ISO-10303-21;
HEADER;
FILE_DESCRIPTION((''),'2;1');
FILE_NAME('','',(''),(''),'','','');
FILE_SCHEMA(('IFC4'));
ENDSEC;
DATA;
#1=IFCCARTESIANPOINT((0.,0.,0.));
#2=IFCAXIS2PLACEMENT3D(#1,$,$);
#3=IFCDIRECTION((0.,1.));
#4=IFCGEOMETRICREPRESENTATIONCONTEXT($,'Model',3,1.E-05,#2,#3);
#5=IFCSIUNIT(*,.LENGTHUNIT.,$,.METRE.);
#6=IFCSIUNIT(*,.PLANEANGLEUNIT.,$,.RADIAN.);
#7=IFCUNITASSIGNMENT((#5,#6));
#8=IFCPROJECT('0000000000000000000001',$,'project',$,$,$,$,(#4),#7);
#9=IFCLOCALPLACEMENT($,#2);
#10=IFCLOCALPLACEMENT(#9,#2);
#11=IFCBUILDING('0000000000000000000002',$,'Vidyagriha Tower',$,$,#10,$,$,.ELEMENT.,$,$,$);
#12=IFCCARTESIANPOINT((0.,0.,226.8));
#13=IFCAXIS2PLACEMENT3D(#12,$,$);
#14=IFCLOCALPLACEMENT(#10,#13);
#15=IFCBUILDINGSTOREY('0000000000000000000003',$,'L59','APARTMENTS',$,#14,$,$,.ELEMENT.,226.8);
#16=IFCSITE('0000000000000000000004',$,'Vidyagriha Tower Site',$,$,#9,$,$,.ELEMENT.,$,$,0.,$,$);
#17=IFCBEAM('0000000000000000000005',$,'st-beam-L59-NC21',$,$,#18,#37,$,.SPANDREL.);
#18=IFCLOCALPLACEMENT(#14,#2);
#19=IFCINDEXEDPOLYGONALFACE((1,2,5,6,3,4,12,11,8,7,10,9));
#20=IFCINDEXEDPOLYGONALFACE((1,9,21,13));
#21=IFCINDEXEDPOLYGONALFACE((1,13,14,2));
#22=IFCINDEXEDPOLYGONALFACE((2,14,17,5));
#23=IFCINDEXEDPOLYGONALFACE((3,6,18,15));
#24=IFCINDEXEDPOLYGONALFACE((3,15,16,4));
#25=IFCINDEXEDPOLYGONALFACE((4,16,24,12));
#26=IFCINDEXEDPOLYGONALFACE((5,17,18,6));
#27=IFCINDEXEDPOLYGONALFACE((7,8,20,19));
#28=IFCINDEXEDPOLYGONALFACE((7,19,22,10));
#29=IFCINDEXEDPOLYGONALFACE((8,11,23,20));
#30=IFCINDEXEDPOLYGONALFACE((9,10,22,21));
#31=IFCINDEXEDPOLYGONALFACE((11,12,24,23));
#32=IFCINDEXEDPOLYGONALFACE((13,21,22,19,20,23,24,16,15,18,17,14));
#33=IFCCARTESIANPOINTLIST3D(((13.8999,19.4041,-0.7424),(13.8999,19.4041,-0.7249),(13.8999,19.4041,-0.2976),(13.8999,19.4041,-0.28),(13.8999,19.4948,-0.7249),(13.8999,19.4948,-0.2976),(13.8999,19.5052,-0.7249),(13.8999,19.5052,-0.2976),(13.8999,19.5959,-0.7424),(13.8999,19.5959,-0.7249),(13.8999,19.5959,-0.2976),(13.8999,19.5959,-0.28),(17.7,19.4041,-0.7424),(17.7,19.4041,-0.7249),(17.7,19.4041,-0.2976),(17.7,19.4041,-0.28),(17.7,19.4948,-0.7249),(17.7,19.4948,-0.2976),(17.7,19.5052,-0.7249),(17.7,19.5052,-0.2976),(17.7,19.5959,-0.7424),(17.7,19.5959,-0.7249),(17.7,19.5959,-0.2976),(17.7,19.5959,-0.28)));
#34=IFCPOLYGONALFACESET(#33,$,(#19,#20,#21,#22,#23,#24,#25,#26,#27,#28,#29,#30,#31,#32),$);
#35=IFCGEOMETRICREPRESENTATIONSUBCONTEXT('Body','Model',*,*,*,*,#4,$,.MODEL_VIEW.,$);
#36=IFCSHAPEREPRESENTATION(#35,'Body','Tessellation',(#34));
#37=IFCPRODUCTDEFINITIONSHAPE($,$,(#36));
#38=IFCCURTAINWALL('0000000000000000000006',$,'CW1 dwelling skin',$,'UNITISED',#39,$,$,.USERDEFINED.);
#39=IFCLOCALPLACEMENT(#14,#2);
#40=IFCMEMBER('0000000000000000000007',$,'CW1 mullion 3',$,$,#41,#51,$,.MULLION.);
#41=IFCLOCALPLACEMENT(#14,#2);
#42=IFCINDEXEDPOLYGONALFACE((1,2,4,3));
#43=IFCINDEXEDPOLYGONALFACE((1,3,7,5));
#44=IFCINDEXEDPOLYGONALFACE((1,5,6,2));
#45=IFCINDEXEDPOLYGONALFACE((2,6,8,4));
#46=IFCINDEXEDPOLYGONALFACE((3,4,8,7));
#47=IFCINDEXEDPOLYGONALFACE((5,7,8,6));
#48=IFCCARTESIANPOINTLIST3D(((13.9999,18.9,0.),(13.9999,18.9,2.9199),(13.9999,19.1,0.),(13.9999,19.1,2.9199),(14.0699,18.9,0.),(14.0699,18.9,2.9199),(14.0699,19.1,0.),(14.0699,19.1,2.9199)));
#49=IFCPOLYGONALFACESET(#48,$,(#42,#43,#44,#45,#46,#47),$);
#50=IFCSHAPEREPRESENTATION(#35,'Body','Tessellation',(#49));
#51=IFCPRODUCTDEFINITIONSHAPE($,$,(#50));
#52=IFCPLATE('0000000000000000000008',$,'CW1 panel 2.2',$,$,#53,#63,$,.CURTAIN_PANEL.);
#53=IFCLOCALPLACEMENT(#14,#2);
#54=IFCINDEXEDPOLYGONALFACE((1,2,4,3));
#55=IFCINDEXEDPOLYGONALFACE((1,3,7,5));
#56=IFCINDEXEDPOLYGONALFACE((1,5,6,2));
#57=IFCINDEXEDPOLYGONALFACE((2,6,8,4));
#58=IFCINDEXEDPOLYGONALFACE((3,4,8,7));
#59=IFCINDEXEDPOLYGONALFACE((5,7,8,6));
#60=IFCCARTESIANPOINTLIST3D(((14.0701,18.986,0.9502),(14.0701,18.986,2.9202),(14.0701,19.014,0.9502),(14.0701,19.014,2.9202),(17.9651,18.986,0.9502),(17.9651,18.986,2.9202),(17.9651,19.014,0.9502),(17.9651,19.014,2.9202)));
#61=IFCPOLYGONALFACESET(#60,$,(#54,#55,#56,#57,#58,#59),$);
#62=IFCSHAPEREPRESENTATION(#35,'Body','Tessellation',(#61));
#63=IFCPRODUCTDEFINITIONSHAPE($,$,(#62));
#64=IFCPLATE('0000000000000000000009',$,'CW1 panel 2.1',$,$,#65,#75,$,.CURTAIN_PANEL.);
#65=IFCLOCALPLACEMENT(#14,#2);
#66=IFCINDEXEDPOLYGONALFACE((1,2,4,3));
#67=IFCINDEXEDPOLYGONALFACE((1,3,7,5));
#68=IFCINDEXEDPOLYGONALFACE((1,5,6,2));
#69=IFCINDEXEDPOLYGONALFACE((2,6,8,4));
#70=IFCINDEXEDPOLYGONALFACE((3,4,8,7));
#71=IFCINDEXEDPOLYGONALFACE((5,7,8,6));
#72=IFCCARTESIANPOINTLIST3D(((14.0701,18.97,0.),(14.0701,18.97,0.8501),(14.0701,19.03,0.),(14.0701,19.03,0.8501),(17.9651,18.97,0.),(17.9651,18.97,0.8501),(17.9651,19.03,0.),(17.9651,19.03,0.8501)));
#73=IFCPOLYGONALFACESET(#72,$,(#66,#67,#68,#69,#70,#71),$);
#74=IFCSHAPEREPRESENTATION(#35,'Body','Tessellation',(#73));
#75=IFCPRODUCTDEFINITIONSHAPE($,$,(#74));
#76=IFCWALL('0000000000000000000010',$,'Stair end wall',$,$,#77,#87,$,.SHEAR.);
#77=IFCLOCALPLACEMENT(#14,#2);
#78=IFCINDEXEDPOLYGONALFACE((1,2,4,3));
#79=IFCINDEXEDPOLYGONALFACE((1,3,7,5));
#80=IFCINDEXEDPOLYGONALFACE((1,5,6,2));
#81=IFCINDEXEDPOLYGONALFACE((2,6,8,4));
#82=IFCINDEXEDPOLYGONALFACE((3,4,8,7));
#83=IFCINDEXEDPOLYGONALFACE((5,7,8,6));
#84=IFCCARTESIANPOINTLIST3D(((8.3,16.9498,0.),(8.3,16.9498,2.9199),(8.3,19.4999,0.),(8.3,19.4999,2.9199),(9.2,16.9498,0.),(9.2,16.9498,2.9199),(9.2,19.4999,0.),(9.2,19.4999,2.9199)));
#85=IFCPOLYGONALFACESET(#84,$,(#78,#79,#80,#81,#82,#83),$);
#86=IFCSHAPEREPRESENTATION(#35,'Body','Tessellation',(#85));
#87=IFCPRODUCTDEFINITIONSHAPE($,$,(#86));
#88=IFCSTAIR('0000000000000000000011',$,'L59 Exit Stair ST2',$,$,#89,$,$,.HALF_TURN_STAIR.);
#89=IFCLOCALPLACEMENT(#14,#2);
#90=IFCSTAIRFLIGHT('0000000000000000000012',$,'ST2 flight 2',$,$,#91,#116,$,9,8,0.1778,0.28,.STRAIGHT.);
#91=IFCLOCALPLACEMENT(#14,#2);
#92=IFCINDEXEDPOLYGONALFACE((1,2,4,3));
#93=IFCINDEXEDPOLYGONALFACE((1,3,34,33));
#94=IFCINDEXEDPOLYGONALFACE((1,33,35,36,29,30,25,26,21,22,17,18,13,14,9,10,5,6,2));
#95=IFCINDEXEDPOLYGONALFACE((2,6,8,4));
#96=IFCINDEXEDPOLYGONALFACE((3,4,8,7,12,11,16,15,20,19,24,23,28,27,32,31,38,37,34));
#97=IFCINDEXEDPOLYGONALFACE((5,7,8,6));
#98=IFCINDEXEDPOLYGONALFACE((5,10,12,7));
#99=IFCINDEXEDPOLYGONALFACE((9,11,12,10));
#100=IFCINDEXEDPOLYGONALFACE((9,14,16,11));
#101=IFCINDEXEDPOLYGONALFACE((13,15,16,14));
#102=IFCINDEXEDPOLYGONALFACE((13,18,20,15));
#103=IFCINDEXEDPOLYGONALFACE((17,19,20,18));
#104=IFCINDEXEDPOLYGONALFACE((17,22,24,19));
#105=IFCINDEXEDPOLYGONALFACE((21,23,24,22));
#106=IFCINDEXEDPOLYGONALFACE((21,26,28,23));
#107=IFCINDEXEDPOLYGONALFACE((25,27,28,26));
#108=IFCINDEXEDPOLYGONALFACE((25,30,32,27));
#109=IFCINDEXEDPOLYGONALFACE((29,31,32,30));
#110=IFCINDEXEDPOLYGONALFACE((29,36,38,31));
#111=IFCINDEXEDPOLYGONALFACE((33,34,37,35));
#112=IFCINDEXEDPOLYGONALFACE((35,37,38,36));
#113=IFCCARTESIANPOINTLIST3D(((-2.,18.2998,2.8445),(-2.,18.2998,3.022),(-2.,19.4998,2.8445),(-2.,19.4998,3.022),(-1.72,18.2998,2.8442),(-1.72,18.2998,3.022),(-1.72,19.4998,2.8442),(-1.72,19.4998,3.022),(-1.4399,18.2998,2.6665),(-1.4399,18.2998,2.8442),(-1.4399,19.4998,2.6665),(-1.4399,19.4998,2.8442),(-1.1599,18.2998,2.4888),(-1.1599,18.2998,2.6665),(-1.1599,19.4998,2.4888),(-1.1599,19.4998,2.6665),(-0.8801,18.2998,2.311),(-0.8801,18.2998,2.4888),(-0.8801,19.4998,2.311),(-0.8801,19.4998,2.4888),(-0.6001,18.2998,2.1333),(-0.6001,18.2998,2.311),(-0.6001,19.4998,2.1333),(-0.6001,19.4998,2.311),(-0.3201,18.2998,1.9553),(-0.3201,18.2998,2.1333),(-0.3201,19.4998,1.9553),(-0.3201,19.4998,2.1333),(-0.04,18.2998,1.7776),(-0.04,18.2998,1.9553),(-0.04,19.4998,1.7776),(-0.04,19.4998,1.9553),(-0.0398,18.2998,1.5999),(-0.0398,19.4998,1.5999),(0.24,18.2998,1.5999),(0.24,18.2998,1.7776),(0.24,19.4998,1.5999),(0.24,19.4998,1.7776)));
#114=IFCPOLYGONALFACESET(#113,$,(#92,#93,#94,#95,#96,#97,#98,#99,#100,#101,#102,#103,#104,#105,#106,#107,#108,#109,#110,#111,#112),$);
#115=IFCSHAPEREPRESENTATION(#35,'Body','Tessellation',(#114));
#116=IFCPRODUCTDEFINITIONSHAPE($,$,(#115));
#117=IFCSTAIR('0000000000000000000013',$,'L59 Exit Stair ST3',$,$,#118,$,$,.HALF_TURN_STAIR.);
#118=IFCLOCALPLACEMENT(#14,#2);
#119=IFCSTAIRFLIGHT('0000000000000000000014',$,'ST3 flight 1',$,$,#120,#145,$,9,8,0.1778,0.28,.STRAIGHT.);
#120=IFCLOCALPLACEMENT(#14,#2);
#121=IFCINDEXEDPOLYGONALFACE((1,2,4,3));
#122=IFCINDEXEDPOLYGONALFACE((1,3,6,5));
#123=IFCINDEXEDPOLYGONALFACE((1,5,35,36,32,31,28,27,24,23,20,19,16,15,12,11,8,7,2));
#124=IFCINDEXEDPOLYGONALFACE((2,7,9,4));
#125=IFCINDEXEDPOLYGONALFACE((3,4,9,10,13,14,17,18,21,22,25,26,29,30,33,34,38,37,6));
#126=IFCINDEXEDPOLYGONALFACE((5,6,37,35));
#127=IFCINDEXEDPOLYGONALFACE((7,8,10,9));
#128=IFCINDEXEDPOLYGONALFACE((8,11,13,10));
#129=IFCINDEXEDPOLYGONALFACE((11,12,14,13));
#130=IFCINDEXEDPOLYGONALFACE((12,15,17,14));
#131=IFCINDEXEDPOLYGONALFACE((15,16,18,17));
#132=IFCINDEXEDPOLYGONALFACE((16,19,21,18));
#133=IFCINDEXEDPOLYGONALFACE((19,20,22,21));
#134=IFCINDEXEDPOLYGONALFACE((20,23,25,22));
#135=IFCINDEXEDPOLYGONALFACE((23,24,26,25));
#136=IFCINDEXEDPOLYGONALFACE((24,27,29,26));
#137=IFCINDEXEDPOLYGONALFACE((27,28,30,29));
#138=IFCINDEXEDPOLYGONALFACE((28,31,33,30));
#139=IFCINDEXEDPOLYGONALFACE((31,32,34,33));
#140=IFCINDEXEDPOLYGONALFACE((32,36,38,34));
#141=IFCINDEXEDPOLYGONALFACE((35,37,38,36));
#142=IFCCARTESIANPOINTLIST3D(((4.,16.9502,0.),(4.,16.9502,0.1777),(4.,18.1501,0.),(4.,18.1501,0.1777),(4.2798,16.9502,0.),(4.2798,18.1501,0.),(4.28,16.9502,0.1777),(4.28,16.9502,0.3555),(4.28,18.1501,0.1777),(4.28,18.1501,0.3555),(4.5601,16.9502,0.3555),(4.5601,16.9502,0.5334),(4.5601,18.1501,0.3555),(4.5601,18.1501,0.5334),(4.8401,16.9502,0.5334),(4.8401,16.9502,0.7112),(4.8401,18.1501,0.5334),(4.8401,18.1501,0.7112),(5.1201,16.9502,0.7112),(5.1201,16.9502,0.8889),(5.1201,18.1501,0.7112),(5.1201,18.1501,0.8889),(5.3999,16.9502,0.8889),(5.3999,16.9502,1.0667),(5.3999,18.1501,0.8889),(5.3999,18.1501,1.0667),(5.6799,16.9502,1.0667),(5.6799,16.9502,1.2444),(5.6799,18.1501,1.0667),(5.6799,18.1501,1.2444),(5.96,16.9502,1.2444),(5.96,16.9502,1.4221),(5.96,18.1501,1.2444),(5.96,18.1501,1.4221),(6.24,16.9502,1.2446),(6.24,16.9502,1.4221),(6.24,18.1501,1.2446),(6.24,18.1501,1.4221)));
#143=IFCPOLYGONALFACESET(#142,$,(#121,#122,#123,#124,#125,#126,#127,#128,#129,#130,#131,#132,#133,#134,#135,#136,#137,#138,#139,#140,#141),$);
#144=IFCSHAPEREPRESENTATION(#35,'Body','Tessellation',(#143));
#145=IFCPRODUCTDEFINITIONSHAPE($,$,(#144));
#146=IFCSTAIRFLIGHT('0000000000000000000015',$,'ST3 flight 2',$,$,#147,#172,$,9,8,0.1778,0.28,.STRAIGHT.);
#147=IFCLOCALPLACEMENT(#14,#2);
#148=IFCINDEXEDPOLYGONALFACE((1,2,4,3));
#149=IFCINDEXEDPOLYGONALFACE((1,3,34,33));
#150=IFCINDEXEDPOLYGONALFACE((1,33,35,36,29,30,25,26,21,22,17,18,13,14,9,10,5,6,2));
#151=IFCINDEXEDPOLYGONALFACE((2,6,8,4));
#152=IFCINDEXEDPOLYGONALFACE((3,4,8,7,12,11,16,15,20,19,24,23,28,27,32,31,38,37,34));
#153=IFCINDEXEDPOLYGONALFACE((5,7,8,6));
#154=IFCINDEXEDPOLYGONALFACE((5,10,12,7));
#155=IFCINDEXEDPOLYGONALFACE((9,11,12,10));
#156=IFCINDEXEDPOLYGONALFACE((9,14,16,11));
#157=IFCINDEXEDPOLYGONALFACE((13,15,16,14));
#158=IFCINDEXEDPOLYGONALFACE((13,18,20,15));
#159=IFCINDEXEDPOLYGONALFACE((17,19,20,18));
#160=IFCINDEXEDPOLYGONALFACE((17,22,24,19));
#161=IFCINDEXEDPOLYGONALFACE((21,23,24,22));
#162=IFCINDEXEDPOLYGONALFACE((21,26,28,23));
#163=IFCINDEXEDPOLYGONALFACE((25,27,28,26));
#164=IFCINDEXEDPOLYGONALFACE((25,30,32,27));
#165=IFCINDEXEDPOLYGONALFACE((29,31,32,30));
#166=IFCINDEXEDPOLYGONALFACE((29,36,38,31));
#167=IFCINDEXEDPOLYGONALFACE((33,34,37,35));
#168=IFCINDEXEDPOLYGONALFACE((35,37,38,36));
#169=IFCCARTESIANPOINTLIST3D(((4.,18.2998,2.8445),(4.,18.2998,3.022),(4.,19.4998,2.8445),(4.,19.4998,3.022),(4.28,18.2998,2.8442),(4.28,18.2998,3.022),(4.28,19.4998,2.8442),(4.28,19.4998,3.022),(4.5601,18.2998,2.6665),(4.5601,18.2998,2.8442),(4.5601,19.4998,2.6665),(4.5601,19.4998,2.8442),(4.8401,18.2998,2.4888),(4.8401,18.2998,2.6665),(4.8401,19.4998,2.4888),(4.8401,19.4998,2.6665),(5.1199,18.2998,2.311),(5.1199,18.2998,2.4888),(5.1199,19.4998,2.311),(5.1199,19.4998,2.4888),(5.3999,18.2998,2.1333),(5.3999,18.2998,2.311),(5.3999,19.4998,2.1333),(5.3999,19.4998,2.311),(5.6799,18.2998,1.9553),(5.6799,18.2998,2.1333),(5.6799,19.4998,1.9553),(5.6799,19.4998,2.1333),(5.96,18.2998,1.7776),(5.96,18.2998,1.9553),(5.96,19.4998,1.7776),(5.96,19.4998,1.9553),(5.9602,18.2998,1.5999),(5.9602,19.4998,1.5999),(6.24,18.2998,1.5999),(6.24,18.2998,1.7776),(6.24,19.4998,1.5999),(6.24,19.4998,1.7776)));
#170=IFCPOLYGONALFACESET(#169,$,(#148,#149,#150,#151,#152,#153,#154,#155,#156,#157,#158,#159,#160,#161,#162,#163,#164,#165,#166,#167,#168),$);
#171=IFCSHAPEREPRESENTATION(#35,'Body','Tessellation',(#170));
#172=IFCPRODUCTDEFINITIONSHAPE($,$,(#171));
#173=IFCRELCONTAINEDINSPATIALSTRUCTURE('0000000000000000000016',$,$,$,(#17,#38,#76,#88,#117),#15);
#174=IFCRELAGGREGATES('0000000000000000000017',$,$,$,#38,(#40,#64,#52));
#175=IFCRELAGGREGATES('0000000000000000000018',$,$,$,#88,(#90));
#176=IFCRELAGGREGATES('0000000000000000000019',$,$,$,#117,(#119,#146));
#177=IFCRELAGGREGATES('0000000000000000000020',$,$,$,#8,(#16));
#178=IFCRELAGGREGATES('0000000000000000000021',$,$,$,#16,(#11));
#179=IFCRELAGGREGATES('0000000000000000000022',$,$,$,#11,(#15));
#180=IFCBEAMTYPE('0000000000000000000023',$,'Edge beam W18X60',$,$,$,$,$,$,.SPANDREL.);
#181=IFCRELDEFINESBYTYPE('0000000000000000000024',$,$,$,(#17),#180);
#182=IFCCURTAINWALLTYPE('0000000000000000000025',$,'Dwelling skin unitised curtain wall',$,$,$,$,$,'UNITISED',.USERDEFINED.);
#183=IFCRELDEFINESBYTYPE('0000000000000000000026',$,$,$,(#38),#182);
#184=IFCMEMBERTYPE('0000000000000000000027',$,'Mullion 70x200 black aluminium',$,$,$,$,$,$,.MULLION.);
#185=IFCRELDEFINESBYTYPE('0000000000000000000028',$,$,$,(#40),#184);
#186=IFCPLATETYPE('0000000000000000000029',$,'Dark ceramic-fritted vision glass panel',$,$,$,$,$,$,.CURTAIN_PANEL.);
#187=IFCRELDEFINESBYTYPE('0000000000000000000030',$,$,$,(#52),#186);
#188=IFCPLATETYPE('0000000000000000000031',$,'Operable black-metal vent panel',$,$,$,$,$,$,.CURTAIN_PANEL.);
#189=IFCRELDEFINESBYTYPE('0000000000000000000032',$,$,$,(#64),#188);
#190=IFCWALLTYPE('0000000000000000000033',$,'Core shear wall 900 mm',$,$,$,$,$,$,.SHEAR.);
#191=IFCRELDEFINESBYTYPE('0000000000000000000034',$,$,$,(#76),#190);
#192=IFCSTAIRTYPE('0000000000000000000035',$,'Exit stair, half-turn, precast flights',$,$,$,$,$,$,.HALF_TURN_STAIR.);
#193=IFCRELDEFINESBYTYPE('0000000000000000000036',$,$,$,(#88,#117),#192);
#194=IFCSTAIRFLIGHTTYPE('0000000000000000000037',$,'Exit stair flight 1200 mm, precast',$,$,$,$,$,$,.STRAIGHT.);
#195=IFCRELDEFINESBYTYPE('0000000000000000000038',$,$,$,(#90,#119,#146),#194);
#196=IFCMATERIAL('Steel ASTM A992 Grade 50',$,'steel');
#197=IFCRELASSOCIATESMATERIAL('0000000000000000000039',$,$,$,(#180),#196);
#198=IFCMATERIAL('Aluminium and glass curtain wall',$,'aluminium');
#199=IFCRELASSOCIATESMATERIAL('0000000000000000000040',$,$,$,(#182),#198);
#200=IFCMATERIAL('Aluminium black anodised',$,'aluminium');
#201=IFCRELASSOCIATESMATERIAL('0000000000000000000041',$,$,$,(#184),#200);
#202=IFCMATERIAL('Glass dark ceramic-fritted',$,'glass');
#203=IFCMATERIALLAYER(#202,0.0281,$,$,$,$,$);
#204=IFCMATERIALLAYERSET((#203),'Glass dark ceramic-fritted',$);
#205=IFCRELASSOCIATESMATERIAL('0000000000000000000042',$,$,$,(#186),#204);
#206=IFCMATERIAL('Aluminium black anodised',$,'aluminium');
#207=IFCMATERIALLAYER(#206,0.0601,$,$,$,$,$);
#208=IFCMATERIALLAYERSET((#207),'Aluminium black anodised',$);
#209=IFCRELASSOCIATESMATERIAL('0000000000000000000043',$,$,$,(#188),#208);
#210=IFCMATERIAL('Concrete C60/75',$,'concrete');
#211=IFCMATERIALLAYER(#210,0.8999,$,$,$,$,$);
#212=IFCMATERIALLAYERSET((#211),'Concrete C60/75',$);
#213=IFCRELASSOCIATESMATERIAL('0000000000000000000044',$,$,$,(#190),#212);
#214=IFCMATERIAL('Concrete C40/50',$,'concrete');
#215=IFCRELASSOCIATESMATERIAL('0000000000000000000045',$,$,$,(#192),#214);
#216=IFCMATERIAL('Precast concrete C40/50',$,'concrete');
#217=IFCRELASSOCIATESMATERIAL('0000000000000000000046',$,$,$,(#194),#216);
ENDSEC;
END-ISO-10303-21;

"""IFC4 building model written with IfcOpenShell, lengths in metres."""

from ifc_helpers import new_model, si_unit, direction, frame, frame_2d, origin, origin_2d, place, context, subcontext, project, spatial, polyline, rectangle, i_section, outline, extrude, material, layer, layer_set, material_profile, profile_set, type_object, element, aggregate, save


model = new_model("IFC4")

# Units and contexts
model_context = context("Model", 3, precision=1e-05, world=origin(), true_north=direction((0.0, 1.0)))
body_context = subcontext(model_context, "Body", "Model", "MODEL_VIEW")
ifc_project = project(units=[si_unit("LENGTHUNIT", "METRE"), si_unit("PLANEANGLEUNIT", "RADIAN")], contexts=[model_context])

# Site, building, storey
site_placement = place(None, origin())
site = spatial("IfcSite", under=ifc_project, at=site_placement, Name="Vidyagriha Tower Site", CompositionType="ELEMENT", RefElevation=0.0)
building_placement = place(site_placement, origin())
building = spatial("IfcBuilding", under=site, at=building_placement, Name="Vidyagriha Tower", CompositionType="ELEMENT")
storey_placement = place(building_placement, frame((0.0, 0.0, 226.8)))
storey = spatial("IfcBuildingStorey", under=building, at=storey_placement, Name="L59", Description="APARTMENTS", CompositionType="ELEMENT", Elevation=226.8)

# Beam
ifc_material_1 = material(Name="Steel ASTM A992 Grade 50", Category="steel")
ifc_material_profile_1 = material_profile(ifc_material_1, i_section(OverallWidth=0.1919, OverallDepth=0.4624, WebThickness=0.0105, FlangeThickness=0.0176, at=origin_2d()), Name="W18X60")
ifc_profile_set_1 = profile_set([ifc_material_profile_1], Name="Steel ASTM A992 Grade 50")
beam_type = type_object("IfcBeamType", Name="Edge beam W18X60", PredefinedType="SPANDREL", material=ifc_profile_set_1)
beam_placement = place(storey_placement, frame((13.8999, 19.5, -0.5112), z_axis=(1.0, 0.0, 0.0), x_axis=(0.0, 1.0, 0.0)))
element("IfcBeam", 1, at=beam_placement, inside=storey, type_object=beam_type, Name="st-beam-L59-NC21", PredefinedType="SPANDREL", context=body_context, shape_type="SweptSolid", body=[
    extrude(i_section(OverallWidth=0.1919, OverallDepth=0.4624, WebThickness=0.0105, FlangeThickness=0.0176, at=origin_2d()), origin(), (0.0, 0.0, 1.0), 3.8),
])

# Curtain wall, member, plates
ifc_material_2 = material(Name="Aluminium and glass curtain wall", Category="aluminium")
curtain_wall_type = type_object("IfcCurtainWallType", Name="Dwelling skin unitised curtain wall", ElementType="UNITISED", PredefinedType="USERDEFINED", material=ifc_material_2)
curtain_wall_placement = place(storey_placement, origin())
curtain_wall = element("IfcCurtainWall", 2, at=curtain_wall_placement, inside=storey, type_object=curtain_wall_type, Name="CW1 dwelling skin", ObjectType="UNITISED", PredefinedType="USERDEFINED")
ifc_material_3 = material(Name="Aluminium black anodised", Category="aluminium")
ifc_material_profile_2 = material_profile(ifc_material_3, rectangle(XDim=0.2, YDim=0.0701, at=origin_2d()), Name="Mullion 70x200 black aluminium")
ifc_profile_set_2 = profile_set([ifc_material_profile_2], Name="Aluminium black anodised")
member_type = type_object("IfcMemberType", Name="Mullion 70x200 black aluminium", PredefinedType="MULLION", material=ifc_profile_set_2)
member_placement = place(storey_placement, frame((14.0349, 19.0, 0.0), z_axis=(0.0, 0.0, 1.0), x_axis=(0.0, -1.0, 0.0)))
member = element("IfcMember", 3, at=member_placement, type_object=member_type, Name="CW1 mullion 3", PredefinedType="MULLION", context=body_context, shape_type="SweptSolid", body=[
    extrude(rectangle(XDim=0.2, YDim=0.0701, at=origin_2d()), origin(), (0.0, 0.0, 1.0), 2.9199),
])
ifc_material_4 = material(Name="Glass dark ceramic-fritted", Category="glass")
ifc_layer_1 = layer(ifc_material_4, 0.0281)
ifc_layer_set_1 = layer_set([ifc_layer_1], Name="Glass dark ceramic-fritted")
plate_type_1 = type_object("IfcPlateType", Name="Dark ceramic-fritted vision glass panel", PredefinedType="CURTAIN_PANEL", material=ifc_layer_set_1)
plate_1_placement = place(storey_placement, frame((16.0176, 19.0, 0.9502), z_axis=(0.0, 0.0, 1.0), x_axis=(-1.0, 0.0, 0.0)))
plate_1 = element("IfcPlate", 4, at=plate_1_placement, type_object=plate_type_1, Name="CW1 panel 2.2", PredefinedType="CURTAIN_PANEL", context=body_context, shape_type="SweptSolid", body=[
    extrude(rectangle(XDim=3.895, YDim=0.0281, at=origin_2d()), origin(), (0.0, 0.0, 1.0), 1.97),
])
ifc_material_5 = material(Name="Aluminium black anodised", Category="aluminium")
ifc_layer_2 = layer(ifc_material_5, 0.0601)
ifc_layer_set_2 = layer_set([ifc_layer_2], Name="Aluminium black anodised")
plate_type_2 = type_object("IfcPlateType", Name="Operable black-metal vent panel", PredefinedType="CURTAIN_PANEL", material=ifc_layer_set_2)
plate_2_placement = place(storey_placement, frame((16.0176, 19.0, 0.0), z_axis=(0.0, 0.0, 1.0), x_axis=(-1.0, 0.0, 0.0)))
plate_2 = element("IfcPlate", 5, at=plate_2_placement, type_object=plate_type_2, Name="CW1 panel 2.1", PredefinedType="CURTAIN_PANEL", context=body_context, shape_type="SweptSolid", body=[
    extrude(rectangle(XDim=3.895, YDim=0.0601, at=origin_2d()), origin(), (0.0, 0.0, 1.0), 0.8501),
])
aggregate(curtain_wall, [member, plate_2, plate_1])

# Wall
ifc_material_6 = material(Name="Concrete C60/75", Category="concrete")
ifc_layer_3 = layer(ifc_material_6, 0.8999)
ifc_layer_set_3 = layer_set([ifc_layer_3], Name="Concrete C60/75")
wall_type = type_object("IfcWallType", Name="Core shear wall 900 mm", PredefinedType="SHEAR", material=ifc_layer_set_3)
wall_placement = place(storey_placement, frame((8.75, 16.95, 0.0), z_axis=(0.0, 0.0, 1.0), x_axis=(0.0, 1.0, 0.0)))
element("IfcWall", 6, at=wall_placement, inside=storey, type_object=wall_type, Name="Stair end wall", PredefinedType="SHEAR", context=body_context, shape_type="SweptSolid", body=[
    extrude(rectangle(XDim=2.55, YDim=0.8999, at=frame_2d((1.2749, 0.0))), origin(), (0.0, 0.0, 1.0), 2.9199),
])

# Stair, stair flight
ifc_material_7 = material(Name="Concrete C40/50", Category="concrete")
stair_type = type_object("IfcStairType", Name="Exit stair, half-turn, precast flights", PredefinedType="HALF_TURN_STAIR", material=ifc_material_7)
stair_1_placement = place(storey_placement, origin())
stair_1 = element("IfcStair", 7, at=stair_1_placement, inside=storey, type_object=stair_type, Name="L59 Exit Stair ST2", PredefinedType="HALF_TURN_STAIR")
ifc_material_8 = material(Name="Precast concrete C40/50", Category="concrete")
stair_flight_type = type_object("IfcStairFlightType", Name="Exit stair flight 1200 mm, precast", PredefinedType="STRAIGHT", material=ifc_material_8)
stair_flight_1_placement = place(storey_placement, frame((0.24, 18.8999, 1.5999), z_axis=(0.0, 0.0, 1.0), x_axis=(-1.0, 0.0, 0.0)))
stair_flight_1 = element("IfcStairFlight", 8, at=stair_flight_1_placement, type_object=stair_flight_type, Name="ST2 flight 2", NumberOfRisers=9, NumberOfTreads=8, PredefinedType="STRAIGHT", RiserHeight=0.1778, TreadLength=0.28, context=body_context, shape_type="SweptSolid", body=[
    extrude(outline(polyline([(0.0, 0.0), (0.0, 0.1777), (0.28, 0.1777), (0.28, 0.3555), (0.5601, 0.3555), (0.5601, 0.5334), (0.8401, 0.5334), (0.8401, 0.7112), (1.1201, 0.7112), (1.1201, 0.8889), (1.3999, 0.8889), (1.3999, 1.0667), (1.6799, 1.0667), (1.6799, 1.2444), (1.96, 1.2444), (1.96, 1.4221), (2.24, 1.4221), (2.24, 1.6001), (2.24, 1.2446), (0.2798, 0.0), (0.0, 0.0)])), frame((0.0, 0.6001, 0.0), z_axis=(0.0, -1.0, 0.0), x_axis=(1.0, 0.0, 0.0)), (0.0, 0.0, 1.0), 1.2),
])
aggregate(stair_1, [stair_flight_1])

# Stair, stair flights
stair_2_placement = place(storey_placement, origin())
stair_2 = element("IfcStair", 9, at=stair_2_placement, inside=storey, type_object=stair_type, Name="L59 Exit Stair ST3", PredefinedType="HALF_TURN_STAIR")
stair_flight_2_placement = place(storey_placement, frame((4.0, 17.55, 0.0)))
stair_flight_2 = element("IfcStairFlight", 10, at=stair_flight_2_placement, type_object=stair_flight_type, Name="ST3 flight 1", NumberOfRisers=9, NumberOfTreads=8, PredefinedType="STRAIGHT", RiserHeight=0.1778, TreadLength=0.28, context=body_context, shape_type="SweptSolid", body=[
    extrude(outline(polyline([(0.0, 0.0), (0.0, 0.1777), (0.28, 0.1777), (0.28, 0.3555), (0.5601, 0.3555), (0.5601, 0.5334), (0.8401, 0.5334), (0.8401, 0.7112), (1.1201, 0.7112), (1.1201, 0.8889), (1.3999, 0.8889), (1.3999, 1.0667), (1.6799, 1.0667), (1.6799, 1.2444), (1.96, 1.2444), (1.96, 1.4221), (2.24, 1.4221), (2.24, 1.6001), (2.24, 1.2446), (0.2798, 0.0), (0.0, 0.0)])), frame((0.0, 0.6001, 0.0), z_axis=(0.0, -1.0, 0.0), x_axis=(1.0, 0.0, 0.0)), (0.0, 0.0, 1.0), 1.2),
])
stair_flight_3_placement = place(storey_placement, frame((6.24, 18.8999, 1.5999), z_axis=(0.0, 0.0, 1.0), x_axis=(-1.0, 0.0, 0.0)))
stair_flight_3 = element("IfcStairFlight", 11, at=stair_flight_3_placement, type_object=stair_flight_type, Name="ST3 flight 2", NumberOfRisers=9, NumberOfTreads=8, PredefinedType="STRAIGHT", RiserHeight=0.1778, TreadLength=0.28, context=body_context, shape_type="SweptSolid", body=[
    extrude(outline(polyline([(0.0, 0.0), (0.0, 0.1777), (0.28, 0.1777), (0.28, 0.3555), (0.5601, 0.3555), (0.5601, 0.5334), (0.8401, 0.5334), (0.8401, 0.7112), (1.1201, 0.7112), (1.1201, 0.8889), (1.3999, 0.8889), (1.3999, 1.0667), (1.6799, 1.0667), (1.6799, 1.2444), (1.96, 1.2444), (1.96, 1.4221), (2.24, 1.4221), (2.24, 1.6001), (2.24, 1.2446), (0.2798, 0.0), (0.0, 0.0)])), frame((0.0, 0.6001, 0.0), z_axis=(0.0, -1.0, 0.0), x_axis=(1.0, 0.0, 0.0)), (0.0, 0.0, 1.0), 1.2),
])
aggregate(stair_2, [stair_flight_2, stair_flight_3])

save(model, "model.ifc")
